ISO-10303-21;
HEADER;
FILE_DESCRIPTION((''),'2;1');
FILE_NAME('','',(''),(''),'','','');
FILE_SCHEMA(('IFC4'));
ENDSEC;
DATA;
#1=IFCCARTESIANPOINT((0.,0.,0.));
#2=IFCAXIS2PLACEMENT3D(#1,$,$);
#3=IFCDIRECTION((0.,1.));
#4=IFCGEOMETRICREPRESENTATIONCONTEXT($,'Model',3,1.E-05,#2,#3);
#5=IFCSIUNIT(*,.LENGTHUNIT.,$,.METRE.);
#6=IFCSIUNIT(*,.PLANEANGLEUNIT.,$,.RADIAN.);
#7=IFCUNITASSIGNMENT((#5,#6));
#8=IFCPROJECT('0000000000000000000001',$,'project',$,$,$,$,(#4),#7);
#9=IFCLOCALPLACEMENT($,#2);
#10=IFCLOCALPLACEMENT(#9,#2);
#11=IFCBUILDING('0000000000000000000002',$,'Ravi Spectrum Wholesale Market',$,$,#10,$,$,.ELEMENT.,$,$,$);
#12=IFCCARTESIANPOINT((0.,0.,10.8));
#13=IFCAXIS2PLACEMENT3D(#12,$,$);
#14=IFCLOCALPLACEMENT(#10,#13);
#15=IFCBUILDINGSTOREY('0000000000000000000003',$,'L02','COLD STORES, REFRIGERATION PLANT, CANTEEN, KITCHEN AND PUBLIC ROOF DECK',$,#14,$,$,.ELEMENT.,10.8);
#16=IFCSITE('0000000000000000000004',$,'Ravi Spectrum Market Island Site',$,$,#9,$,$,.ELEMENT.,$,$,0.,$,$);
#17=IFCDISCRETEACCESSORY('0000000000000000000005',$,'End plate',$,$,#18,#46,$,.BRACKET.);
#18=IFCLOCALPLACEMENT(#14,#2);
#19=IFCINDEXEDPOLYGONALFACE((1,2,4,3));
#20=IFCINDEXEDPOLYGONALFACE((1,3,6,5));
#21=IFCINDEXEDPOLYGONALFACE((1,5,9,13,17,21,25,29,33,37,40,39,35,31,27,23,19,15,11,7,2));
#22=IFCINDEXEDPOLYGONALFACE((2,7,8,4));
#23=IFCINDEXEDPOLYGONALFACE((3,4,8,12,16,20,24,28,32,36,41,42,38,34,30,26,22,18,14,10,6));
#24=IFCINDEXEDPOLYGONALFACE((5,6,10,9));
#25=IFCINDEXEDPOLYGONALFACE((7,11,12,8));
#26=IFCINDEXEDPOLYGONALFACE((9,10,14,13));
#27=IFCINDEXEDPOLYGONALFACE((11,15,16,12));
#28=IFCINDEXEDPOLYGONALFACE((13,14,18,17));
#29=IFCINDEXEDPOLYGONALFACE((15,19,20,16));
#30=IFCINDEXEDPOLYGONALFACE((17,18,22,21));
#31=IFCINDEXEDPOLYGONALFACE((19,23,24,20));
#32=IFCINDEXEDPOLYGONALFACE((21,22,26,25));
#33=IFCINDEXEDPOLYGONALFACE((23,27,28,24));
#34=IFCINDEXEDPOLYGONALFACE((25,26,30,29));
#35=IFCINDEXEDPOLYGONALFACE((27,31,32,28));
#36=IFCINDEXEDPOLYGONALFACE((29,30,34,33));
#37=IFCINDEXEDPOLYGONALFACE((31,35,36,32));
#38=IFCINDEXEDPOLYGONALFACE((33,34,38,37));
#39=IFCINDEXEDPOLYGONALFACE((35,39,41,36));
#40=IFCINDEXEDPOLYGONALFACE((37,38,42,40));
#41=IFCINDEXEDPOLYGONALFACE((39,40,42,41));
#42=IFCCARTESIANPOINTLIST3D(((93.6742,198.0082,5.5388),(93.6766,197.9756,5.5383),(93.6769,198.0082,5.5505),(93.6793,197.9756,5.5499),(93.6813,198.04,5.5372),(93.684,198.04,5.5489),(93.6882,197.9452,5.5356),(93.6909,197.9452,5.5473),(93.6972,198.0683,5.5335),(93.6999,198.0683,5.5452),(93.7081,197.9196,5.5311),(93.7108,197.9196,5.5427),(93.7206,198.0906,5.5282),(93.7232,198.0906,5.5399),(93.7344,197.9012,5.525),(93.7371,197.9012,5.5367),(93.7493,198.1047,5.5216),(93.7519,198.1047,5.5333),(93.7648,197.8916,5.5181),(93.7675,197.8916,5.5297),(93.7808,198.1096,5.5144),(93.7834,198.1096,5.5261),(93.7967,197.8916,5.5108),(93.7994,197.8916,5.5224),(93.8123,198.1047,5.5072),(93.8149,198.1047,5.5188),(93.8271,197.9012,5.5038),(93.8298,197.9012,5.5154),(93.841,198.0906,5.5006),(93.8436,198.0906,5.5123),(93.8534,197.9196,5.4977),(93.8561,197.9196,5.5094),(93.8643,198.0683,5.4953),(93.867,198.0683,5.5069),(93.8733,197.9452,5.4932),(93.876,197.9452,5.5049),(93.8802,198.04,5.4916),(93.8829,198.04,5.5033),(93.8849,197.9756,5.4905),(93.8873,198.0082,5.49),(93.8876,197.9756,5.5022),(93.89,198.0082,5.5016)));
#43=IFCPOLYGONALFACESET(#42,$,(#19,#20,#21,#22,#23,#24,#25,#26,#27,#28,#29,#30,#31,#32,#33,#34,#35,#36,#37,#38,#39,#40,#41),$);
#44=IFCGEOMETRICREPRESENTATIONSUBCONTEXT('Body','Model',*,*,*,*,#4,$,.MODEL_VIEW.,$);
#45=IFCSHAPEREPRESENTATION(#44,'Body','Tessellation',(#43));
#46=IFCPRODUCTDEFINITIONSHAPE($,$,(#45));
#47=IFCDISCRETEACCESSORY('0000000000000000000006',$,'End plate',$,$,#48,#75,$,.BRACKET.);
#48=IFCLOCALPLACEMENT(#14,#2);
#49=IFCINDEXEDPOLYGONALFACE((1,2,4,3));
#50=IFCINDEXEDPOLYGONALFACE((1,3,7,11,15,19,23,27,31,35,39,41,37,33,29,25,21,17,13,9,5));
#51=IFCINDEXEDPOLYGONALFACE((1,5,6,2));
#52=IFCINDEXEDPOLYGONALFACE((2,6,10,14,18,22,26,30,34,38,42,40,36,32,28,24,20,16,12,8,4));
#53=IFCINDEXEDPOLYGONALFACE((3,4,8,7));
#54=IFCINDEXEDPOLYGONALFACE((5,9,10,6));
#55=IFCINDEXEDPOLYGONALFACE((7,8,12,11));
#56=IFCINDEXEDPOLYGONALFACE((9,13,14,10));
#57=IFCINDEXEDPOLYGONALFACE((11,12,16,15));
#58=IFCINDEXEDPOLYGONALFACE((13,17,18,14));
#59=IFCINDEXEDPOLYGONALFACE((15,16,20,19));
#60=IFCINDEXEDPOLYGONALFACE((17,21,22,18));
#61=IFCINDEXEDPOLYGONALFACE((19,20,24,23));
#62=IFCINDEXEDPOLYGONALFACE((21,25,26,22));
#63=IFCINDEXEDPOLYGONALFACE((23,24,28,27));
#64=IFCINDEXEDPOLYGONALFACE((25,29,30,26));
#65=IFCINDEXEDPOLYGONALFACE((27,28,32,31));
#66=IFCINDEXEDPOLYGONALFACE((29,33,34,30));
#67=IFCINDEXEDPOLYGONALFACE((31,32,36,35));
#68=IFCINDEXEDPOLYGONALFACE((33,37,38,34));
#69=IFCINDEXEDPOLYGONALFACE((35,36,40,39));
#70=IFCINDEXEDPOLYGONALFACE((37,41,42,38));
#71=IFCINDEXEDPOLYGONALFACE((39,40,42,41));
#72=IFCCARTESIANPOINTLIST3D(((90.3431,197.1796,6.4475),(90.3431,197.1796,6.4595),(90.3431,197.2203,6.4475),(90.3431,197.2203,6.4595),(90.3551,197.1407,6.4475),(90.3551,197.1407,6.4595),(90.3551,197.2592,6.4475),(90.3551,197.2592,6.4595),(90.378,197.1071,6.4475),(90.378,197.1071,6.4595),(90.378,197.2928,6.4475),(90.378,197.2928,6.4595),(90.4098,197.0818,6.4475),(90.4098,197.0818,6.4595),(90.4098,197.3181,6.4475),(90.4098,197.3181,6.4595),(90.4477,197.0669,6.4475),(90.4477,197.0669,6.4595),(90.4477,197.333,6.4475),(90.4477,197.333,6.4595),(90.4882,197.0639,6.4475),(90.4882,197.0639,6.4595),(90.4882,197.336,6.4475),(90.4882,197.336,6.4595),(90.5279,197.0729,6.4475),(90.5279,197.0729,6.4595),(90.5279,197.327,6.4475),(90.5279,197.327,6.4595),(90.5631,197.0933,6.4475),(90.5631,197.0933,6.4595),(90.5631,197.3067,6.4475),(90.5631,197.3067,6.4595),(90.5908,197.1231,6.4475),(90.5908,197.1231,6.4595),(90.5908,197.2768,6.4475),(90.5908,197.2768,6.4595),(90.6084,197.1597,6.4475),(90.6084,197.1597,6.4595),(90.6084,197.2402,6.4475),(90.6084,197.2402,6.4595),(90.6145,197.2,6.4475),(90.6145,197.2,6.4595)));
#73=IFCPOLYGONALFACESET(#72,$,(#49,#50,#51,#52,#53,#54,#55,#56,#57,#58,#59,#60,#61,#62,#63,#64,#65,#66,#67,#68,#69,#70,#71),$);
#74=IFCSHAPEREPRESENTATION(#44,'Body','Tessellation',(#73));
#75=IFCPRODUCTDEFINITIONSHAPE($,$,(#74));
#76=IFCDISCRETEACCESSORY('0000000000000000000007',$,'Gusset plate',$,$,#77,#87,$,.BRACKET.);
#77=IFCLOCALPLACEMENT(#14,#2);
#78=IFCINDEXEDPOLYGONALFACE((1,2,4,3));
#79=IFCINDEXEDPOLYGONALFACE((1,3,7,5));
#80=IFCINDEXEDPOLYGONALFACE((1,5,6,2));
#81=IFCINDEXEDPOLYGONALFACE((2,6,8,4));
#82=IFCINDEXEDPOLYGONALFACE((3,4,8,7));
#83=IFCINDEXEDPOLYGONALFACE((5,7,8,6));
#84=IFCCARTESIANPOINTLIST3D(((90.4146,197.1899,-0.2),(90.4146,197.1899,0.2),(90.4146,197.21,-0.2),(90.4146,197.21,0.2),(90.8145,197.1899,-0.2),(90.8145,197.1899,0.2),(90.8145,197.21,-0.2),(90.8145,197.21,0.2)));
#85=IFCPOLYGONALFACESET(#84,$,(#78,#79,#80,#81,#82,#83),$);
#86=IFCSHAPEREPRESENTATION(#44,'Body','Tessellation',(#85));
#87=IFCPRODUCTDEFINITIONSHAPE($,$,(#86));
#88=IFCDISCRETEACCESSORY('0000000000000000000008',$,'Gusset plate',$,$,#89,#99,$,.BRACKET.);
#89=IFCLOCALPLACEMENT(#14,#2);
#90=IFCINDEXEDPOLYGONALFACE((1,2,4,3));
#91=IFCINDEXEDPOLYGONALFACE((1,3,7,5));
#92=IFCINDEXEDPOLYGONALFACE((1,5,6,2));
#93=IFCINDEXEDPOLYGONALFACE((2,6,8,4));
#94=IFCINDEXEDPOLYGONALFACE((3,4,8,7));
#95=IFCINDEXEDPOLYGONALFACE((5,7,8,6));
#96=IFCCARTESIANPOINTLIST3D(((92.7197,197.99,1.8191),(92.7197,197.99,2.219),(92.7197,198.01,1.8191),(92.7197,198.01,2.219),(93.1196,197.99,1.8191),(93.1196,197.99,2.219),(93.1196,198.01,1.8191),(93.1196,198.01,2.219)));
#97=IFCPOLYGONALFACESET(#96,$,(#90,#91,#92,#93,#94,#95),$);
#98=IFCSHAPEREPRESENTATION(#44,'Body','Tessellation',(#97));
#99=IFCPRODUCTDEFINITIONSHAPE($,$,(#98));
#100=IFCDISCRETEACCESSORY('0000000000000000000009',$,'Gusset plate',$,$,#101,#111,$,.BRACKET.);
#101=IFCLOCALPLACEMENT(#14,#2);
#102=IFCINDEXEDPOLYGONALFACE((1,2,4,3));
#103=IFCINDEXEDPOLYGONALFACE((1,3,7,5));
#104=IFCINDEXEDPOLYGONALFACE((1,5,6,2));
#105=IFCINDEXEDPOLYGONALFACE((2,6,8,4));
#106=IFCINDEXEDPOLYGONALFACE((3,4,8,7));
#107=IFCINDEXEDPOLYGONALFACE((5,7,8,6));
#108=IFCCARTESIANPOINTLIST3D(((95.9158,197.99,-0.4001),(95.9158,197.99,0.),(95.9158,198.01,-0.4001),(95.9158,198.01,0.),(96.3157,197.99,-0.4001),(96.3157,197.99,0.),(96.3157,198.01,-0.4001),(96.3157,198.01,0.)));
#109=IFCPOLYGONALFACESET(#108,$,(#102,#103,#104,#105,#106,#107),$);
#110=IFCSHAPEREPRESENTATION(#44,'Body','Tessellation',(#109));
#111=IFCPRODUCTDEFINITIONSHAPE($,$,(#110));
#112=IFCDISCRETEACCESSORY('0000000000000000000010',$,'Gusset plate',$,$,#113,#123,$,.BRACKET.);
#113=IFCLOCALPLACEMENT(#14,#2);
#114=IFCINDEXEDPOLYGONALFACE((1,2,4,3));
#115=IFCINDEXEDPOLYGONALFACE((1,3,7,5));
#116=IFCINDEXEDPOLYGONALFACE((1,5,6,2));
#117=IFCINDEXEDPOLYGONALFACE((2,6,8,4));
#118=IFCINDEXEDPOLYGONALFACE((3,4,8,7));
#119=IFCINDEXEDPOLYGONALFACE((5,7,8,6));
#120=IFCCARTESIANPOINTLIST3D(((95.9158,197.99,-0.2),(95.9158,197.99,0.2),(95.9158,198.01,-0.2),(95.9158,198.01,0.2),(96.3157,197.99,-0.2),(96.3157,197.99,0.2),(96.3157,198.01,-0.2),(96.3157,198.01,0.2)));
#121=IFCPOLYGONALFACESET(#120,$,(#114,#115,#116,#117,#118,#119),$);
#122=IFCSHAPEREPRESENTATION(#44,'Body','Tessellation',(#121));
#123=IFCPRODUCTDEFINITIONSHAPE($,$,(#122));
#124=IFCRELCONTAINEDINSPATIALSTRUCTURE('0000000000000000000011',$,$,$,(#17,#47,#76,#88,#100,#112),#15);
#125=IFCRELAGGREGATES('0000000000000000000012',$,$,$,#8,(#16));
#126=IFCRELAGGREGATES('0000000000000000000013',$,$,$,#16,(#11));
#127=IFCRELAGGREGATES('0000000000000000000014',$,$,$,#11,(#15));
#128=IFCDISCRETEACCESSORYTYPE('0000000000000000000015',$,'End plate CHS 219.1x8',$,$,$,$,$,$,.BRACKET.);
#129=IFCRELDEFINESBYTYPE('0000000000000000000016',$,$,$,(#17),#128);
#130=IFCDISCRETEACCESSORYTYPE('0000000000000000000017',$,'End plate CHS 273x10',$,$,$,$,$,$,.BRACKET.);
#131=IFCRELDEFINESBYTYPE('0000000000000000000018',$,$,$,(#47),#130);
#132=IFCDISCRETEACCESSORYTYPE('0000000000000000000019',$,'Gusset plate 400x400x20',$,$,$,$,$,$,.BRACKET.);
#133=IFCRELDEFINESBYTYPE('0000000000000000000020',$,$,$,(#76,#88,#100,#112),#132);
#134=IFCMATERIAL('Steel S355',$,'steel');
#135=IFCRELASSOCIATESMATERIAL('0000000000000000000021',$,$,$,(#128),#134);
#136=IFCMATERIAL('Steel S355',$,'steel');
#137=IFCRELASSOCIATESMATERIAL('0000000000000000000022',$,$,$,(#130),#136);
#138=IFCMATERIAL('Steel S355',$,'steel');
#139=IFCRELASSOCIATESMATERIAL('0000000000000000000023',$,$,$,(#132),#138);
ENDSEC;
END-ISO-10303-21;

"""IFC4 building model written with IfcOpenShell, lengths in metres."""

from ifc_helpers import new_model, si_unit, direction, frame, origin, origin_2d, place, context, subcontext, project, spatial, rectangle, circle, extrude, material, material_profile, profile_set, type_object, element, save


model = new_model("IFC4")

# Units and contexts
model_context = context("Model", 3, precision=1e-05, world=origin(), true_north=direction((0.0, 1.0)))
body_context = subcontext(model_context, "Body", "Model", "MODEL_VIEW")
ifc_project = project(units=[si_unit("LENGTHUNIT", "METRE"), si_unit("PLANEANGLEUNIT", "RADIAN")], contexts=[model_context])

# Site, building, storey
site_placement = place(None, origin())
site = spatial("IfcSite", under=ifc_project, at=site_placement, Name="Ravi Spectrum Market Island Site", CompositionType="ELEMENT", RefElevation=0.0)
building_placement = place(site_placement, origin())
building = spatial("IfcBuilding", under=site, at=building_placement, Name="Ravi Spectrum Wholesale Market", CompositionType="ELEMENT")
storey_placement = place(building_placement, frame((0.0, 0.0, 10.8)))
storey = spatial("IfcBuildingStorey", under=building, at=storey_placement, Name="L02", Description="COLD STORES, REFRIGERATION PLANT, CANTEEN, KITCHEN AND PUBLIC ROOF DECK", CompositionType="ELEMENT", Elevation=10.8)

# Discrete accessories
ifc_material_1 = material(Name="Steel S355", Category="steel")
ifc_material_profile_1 = material_profile(ifc_material_1, circle(Radius=0.1096, at=origin_2d()))
ifc_profile_set_1 = profile_set([ifc_material_profile_1], Name="Steel S355")
discrete_accessory_type_1 = type_object("IfcDiscreteAccessoryType", Name="End plate CHS 219.1x8", PredefinedType="BRACKET", material=ifc_profile_set_1)
for number, where, z_axis, x_axis, name in (
    (1, (93.7808, 198.0, 5.5144), (0.223376, 0.0, 0.974732), (0.0, 1.0, 0.0), "End plate"),
):
    element("IfcDiscreteAccessory", number, at=place(storey_placement, frame(where, z_axis=z_axis, x_axis=x_axis)), inside=storey, type_object=discrete_accessory_type_1, Name=name, PredefinedType="BRACKET", context=body_context, shape_type="SweptSolid", body=[
        extrude(circle(Radius=0.1096, at=origin_2d()), origin(), (0.0, 0.0, 1.0), 0.012),
    ])
ifc_material_2 = material(Name="Steel S355", Category="steel")
ifc_material_profile_2 = material_profile(ifc_material_2, circle(Radius=0.1365, at=origin_2d()))
ifc_profile_set_2 = profile_set([ifc_material_profile_2], Name="Steel S355")
discrete_accessory_type_2 = type_object("IfcDiscreteAccessoryType", Name="End plate CHS 273x10", PredefinedType="BRACKET", material=ifc_profile_set_2)
discrete_accessory_1_placement = place(storey_placement, frame((90.478, 197.2, 6.4475), z_axis=(0.0, 0.0, 1.0), x_axis=(1.0, 0.0, 0.0)))
element("IfcDiscreteAccessory", 2, at=discrete_accessory_1_placement, inside=storey, type_object=discrete_accessory_type_2, Name="End plate", PredefinedType="BRACKET", context=body_context, shape_type="SweptSolid", body=[
    extrude(circle(Radius=0.1365, at=origin_2d()), origin(), (0.0, 0.0, 1.0), 0.012),
])
ifc_material_3 = material(Name="Steel S355", Category="steel")
ifc_material_profile_3 = material_profile(ifc_material_3, rectangle(XDim=0.3999, YDim=0.02, at=origin_2d()))
ifc_profile_set_3 = profile_set([ifc_material_profile_3], Name="Steel S355")
discrete_accessory_type_3 = type_object("IfcDiscreteAccessoryType", Name="Gusset plate 400x400x20", PredefinedType="BRACKET", material=ifc_profile_set_3)
for number, where, z_axis, x_axis, name in (
    (3, (90.6145, 197.2, -0.2), (0.0, 0.0, 1.0), (1.0, 0.0, 0.0), "Gusset plate"),
    (4, (92.9197, 198.0, 1.8191), (0.0, 0.0, 1.0), (-1.0, 0.0, 0.0), "Gusset plate"),
):
    element("IfcDiscreteAccessory", number, at=place(storey_placement, frame(where, z_axis=z_axis, x_axis=x_axis)), inside=storey, type_object=discrete_accessory_type_3, Name=name, PredefinedType="BRACKET", context=body_context, shape_type="SweptSolid", body=[
        extrude(rectangle(XDim=0.3999, YDim=0.02, at=origin_2d()), origin(), (0.0, 0.0, 1.0), 0.3999),
    ])
discrete_accessory_2_placement = place(storey_placement, frame((96.1157, 198.0, -0.4001), z_axis=(0.0, 0.0, 1.0), x_axis=(1.0, 0.0, 0.0)))
element("IfcDiscreteAccessory", 5, at=discrete_accessory_2_placement, inside=storey, type_object=discrete_accessory_type_3, Name="Gusset plate", PredefinedType="BRACKET", context=body_context, shape_type="SweptSolid", body=[
    extrude(rectangle(XDim=0.3999, YDim=0.02, at=origin_2d()), origin(), (0.0, 0.0, 1.0), 0.4001),
])
discrete_accessory_3_placement = place(storey_placement, frame((96.1157, 198.0, -0.2), z_axis=(0.0, 0.0, 1.0), x_axis=(1.0, 0.0, 0.0)))
element("IfcDiscreteAccessory", 6, at=discrete_accessory_3_placement, inside=storey, type_object=discrete_accessory_type_3, Name="Gusset plate", PredefinedType="BRACKET", context=body_context, shape_type="SweptSolid", body=[
    extrude(rectangle(XDim=0.3999, YDim=0.02, at=origin_2d()), origin(), (0.0, 0.0, 1.0), 0.3999),
])

save(model, "model.ifc")
